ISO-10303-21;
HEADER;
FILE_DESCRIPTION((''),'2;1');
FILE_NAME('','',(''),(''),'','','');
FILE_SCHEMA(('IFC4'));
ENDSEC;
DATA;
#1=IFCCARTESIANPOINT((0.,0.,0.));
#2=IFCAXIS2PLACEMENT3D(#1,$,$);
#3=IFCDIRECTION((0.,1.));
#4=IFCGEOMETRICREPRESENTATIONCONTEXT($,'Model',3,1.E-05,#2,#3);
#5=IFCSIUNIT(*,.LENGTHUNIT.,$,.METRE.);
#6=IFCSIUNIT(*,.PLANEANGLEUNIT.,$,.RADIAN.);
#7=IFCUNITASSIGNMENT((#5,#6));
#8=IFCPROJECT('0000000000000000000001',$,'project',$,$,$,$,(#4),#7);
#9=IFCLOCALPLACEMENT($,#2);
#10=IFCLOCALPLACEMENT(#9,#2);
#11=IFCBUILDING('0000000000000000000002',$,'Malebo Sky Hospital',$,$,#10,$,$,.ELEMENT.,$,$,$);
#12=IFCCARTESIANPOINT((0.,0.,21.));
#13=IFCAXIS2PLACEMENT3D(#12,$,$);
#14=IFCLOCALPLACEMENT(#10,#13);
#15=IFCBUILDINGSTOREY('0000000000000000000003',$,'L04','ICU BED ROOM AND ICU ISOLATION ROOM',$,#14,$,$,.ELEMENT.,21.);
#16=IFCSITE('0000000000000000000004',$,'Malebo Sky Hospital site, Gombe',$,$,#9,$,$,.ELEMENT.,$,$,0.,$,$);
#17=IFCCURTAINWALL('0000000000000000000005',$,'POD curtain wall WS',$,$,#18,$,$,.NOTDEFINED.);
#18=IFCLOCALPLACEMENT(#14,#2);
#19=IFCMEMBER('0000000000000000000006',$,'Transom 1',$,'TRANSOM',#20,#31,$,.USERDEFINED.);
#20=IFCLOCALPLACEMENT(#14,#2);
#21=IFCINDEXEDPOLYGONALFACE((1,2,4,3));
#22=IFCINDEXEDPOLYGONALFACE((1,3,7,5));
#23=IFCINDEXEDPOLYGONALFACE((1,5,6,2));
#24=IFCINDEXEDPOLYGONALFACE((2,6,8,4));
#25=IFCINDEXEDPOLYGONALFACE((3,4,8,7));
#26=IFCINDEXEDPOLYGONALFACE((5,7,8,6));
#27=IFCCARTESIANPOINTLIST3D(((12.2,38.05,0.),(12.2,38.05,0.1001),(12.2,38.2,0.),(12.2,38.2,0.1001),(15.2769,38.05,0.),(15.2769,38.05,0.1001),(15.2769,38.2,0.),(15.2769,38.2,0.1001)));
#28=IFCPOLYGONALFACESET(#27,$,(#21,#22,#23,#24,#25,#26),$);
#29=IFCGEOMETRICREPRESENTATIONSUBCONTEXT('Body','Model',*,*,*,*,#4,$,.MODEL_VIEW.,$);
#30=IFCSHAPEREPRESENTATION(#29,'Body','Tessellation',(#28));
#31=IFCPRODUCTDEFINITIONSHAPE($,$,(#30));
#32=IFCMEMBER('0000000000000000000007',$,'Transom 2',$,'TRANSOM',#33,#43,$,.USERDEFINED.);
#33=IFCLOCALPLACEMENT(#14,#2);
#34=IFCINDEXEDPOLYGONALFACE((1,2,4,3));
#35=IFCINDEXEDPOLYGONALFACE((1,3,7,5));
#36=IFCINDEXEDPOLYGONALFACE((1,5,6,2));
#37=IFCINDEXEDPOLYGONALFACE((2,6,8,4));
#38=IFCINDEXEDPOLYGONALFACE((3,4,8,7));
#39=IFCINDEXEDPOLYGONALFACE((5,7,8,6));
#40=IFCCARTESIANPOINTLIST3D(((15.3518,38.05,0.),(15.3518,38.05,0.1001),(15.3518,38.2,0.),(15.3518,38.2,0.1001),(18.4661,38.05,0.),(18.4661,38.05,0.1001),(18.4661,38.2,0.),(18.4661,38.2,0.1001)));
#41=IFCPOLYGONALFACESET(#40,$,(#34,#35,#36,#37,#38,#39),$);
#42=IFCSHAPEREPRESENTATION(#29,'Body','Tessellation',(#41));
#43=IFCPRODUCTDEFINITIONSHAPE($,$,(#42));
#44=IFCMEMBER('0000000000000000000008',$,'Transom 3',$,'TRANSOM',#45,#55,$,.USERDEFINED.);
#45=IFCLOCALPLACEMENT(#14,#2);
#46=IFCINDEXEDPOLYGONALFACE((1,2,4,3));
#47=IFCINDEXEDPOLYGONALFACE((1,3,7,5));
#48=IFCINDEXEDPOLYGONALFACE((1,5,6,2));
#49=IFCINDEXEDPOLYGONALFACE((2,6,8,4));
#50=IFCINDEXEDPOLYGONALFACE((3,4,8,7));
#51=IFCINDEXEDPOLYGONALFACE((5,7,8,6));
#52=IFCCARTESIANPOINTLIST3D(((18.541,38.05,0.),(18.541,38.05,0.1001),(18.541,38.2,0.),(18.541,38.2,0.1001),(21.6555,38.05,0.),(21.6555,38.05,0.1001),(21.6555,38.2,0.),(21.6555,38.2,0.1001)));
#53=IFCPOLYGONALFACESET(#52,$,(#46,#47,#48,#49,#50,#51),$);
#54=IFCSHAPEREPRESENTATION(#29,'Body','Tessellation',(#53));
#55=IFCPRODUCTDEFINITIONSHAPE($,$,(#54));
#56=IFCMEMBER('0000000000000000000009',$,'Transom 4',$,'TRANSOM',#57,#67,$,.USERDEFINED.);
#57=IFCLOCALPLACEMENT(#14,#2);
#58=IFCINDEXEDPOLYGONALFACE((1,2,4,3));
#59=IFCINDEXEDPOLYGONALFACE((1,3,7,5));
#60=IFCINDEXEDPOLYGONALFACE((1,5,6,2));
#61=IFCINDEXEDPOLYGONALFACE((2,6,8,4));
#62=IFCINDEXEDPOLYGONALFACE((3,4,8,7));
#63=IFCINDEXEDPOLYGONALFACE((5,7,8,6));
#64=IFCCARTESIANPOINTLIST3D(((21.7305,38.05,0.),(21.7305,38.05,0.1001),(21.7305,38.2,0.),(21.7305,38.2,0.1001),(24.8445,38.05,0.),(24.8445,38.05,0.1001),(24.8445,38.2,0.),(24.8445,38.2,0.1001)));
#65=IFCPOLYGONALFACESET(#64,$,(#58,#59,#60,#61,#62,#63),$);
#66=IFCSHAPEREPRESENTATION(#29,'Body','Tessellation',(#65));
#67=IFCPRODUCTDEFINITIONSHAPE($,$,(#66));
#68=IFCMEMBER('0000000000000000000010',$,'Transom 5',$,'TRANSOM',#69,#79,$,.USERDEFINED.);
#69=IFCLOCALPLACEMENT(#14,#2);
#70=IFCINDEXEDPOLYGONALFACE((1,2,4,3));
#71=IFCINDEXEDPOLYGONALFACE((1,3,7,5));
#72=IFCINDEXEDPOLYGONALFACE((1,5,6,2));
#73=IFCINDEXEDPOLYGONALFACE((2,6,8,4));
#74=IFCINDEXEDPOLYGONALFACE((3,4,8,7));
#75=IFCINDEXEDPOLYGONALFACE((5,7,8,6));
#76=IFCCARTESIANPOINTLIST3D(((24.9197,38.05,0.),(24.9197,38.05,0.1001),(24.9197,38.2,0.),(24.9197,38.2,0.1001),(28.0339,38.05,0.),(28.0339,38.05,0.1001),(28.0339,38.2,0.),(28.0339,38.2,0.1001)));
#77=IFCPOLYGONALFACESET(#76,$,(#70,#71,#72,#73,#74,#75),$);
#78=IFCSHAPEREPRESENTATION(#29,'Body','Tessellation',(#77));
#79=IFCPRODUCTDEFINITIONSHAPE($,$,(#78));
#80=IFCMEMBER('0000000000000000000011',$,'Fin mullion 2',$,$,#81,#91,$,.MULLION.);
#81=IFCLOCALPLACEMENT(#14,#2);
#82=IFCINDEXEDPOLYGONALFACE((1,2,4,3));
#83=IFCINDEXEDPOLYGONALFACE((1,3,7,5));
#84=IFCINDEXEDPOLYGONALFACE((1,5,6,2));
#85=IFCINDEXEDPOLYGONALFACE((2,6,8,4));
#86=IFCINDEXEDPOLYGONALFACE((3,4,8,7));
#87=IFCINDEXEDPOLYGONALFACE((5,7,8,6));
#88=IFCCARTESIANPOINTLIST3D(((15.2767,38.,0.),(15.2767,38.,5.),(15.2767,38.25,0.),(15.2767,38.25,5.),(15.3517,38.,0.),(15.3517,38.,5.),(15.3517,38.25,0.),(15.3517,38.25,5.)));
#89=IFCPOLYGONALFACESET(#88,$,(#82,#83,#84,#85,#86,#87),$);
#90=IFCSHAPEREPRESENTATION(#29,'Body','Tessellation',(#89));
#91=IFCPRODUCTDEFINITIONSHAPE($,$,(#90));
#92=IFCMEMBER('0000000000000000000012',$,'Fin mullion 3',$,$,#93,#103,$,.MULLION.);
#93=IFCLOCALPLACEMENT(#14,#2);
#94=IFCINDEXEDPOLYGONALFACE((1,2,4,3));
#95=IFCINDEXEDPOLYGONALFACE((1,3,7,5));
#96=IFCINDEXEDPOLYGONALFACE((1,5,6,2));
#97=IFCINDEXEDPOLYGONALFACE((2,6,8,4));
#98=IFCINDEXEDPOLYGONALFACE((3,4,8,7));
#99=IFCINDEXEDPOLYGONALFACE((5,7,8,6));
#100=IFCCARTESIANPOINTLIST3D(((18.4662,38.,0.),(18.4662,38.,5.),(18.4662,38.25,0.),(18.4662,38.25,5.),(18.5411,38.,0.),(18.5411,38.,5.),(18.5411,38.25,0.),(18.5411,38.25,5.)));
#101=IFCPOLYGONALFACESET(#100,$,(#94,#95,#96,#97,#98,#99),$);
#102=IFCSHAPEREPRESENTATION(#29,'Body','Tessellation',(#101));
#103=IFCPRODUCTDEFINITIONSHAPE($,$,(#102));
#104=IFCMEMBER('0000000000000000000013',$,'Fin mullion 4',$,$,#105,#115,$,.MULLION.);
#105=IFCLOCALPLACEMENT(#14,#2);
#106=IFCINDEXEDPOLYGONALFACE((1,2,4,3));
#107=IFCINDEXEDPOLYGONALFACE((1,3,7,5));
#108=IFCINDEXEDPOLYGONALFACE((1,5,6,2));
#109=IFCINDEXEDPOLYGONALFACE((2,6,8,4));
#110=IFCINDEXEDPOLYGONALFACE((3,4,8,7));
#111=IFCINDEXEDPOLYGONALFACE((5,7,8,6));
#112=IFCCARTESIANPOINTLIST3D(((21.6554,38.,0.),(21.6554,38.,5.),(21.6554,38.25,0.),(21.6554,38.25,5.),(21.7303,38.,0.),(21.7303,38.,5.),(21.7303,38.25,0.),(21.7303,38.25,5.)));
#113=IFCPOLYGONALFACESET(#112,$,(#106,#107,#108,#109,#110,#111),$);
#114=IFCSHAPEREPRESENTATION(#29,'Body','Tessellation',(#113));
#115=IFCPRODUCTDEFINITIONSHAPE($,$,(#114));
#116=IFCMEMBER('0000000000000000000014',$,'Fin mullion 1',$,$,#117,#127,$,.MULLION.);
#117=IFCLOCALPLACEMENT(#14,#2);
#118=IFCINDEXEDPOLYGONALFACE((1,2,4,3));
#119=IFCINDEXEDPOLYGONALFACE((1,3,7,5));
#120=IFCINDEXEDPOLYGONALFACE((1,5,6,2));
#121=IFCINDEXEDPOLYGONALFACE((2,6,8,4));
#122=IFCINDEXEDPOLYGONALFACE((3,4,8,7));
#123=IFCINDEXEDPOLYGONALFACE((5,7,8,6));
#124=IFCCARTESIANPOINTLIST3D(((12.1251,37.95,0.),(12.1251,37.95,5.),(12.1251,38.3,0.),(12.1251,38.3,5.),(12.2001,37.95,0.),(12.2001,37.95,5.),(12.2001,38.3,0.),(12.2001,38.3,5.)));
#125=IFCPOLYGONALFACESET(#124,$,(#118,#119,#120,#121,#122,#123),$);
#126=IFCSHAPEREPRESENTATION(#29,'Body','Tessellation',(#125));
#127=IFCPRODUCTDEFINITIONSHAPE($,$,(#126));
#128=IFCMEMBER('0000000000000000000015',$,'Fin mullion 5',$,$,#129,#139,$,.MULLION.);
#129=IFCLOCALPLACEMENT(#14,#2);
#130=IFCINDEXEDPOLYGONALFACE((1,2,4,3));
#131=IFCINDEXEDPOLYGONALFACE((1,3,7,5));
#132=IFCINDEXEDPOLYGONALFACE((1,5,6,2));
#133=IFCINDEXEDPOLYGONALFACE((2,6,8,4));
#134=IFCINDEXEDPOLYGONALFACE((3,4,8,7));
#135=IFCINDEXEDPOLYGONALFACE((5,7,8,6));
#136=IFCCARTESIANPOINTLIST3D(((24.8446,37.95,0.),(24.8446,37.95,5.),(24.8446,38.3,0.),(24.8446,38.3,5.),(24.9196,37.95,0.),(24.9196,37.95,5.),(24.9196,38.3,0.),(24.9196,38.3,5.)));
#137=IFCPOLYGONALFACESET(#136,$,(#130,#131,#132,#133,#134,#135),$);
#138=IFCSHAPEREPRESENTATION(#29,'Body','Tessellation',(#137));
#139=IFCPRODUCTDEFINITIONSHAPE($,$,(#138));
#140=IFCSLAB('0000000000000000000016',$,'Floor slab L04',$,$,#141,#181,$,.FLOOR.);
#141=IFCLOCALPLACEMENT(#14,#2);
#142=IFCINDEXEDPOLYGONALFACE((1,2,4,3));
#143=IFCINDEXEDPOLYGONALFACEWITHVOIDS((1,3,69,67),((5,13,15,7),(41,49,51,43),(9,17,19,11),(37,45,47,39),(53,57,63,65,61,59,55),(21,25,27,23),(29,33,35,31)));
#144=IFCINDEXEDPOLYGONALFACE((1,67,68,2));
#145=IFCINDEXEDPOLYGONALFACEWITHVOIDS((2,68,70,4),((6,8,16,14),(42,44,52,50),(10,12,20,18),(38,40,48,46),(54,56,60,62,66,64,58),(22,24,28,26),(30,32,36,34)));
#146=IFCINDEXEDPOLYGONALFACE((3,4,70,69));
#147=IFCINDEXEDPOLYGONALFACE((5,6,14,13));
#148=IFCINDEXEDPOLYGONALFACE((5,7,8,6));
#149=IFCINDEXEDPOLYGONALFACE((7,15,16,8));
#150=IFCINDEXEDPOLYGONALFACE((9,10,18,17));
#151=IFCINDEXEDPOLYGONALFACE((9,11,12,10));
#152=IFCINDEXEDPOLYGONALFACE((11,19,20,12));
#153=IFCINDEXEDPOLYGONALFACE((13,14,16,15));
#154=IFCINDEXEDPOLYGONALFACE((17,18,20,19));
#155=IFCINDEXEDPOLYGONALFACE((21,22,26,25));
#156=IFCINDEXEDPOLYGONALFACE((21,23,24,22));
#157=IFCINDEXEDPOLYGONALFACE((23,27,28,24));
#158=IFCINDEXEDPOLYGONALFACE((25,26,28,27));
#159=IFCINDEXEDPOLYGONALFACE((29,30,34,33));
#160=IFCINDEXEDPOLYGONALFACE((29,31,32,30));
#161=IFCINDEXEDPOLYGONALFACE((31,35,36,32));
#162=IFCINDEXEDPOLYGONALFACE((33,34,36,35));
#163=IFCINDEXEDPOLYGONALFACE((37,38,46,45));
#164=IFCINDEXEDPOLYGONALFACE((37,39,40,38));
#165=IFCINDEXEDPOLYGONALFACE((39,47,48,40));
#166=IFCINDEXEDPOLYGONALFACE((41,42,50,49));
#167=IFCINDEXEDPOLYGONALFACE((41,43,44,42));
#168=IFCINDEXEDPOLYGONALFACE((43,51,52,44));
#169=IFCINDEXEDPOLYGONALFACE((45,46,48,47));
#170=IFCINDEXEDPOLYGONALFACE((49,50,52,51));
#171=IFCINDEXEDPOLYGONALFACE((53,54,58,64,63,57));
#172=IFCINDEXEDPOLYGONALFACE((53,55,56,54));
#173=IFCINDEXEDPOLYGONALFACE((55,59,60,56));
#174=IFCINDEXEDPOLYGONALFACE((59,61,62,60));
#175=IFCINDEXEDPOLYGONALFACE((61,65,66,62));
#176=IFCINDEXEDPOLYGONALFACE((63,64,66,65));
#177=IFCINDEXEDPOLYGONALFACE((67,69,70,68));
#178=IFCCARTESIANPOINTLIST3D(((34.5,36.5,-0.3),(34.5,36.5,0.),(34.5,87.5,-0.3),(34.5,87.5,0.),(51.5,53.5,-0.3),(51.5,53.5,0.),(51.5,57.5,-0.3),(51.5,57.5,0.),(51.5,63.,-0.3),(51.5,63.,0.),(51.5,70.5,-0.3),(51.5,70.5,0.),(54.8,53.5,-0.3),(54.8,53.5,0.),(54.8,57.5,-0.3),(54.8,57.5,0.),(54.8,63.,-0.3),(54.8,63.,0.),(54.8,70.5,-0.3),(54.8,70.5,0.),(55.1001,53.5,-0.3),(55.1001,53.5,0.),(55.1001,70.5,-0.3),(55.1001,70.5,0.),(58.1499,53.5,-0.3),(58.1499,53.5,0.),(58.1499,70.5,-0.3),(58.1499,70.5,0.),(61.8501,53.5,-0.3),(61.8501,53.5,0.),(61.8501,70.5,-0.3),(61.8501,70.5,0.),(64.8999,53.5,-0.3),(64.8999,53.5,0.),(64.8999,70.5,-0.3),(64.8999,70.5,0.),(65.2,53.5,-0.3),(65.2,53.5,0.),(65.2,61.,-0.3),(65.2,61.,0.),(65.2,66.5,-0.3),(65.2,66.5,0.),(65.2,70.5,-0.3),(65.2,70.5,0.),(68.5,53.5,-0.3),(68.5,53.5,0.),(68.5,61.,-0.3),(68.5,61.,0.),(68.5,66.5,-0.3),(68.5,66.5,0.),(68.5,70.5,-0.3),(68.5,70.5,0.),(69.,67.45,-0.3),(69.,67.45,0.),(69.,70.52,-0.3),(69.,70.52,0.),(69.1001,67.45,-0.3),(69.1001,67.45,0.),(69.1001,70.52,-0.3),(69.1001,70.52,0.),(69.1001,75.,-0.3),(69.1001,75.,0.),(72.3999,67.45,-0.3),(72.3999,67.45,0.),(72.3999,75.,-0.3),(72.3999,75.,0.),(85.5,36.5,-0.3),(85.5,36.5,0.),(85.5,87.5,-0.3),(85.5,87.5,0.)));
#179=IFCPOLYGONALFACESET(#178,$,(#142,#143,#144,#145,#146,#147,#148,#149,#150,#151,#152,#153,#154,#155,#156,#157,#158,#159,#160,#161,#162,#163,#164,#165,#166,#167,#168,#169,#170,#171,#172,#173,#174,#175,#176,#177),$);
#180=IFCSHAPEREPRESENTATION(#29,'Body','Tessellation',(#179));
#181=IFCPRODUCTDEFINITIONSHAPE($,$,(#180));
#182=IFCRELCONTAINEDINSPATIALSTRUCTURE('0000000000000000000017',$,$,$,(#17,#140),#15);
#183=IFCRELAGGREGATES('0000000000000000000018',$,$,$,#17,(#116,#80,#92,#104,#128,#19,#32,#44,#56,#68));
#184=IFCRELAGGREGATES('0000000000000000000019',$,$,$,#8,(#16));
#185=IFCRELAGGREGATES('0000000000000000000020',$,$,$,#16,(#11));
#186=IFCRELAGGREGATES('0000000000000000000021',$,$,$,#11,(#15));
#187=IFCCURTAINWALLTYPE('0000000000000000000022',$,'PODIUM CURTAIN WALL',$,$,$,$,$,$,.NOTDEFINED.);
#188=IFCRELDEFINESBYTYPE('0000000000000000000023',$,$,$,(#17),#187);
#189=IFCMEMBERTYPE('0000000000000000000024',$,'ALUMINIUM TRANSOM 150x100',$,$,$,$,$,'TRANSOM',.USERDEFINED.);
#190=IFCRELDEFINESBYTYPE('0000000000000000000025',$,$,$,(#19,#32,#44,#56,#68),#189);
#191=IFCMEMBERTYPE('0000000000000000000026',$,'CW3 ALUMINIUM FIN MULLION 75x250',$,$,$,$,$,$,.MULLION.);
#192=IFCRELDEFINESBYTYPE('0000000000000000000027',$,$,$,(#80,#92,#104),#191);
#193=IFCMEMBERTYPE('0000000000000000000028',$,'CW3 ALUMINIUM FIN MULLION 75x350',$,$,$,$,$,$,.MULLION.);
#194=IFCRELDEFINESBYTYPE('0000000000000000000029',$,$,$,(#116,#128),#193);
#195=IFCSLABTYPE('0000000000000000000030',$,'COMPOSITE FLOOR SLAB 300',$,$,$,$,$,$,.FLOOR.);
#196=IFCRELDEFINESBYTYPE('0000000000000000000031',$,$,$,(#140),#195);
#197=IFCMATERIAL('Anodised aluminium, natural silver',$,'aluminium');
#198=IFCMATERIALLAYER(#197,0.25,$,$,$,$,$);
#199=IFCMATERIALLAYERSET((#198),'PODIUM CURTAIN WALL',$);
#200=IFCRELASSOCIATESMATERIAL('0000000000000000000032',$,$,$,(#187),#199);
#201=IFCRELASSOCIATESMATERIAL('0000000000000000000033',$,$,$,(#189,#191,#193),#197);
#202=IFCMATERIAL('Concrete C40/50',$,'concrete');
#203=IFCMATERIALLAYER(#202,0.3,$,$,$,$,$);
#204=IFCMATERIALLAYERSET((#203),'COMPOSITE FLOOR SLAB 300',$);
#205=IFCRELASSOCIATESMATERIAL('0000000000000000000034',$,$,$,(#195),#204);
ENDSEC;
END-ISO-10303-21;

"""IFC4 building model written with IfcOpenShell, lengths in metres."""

from ifc_helpers import new_model, si_unit, direction, frame, origin, origin_2d, place, context, subcontext, project, spatial, polyline, rectangle, outline, extrude, material, layer, layer_set, material_profile, profile_set, type_object, element, aggregate, save


model = new_model("IFC4")

# Units and contexts
model_context = context("Model", 3, precision=1e-05, world=origin(), true_north=direction((0.0, 1.0)))
body_context = subcontext(model_context, "Body", "Model", "MODEL_VIEW")
ifc_project = project(units=[si_unit("LENGTHUNIT", "METRE"), si_unit("PLANEANGLEUNIT", "RADIAN")], contexts=[model_context])

# Site, building, storey
site_placement = place(None, origin())
site = spatial("IfcSite", under=ifc_project, at=site_placement, Name="Malebo Sky Hospital site, Gombe", CompositionType="ELEMENT", RefElevation=0.0)
building_placement = place(site_placement, origin())
building = spatial("IfcBuilding", under=site, at=building_placement, Name="Malebo Sky Hospital", CompositionType="ELEMENT")
storey_placement = place(building_placement, frame((0.0, 0.0, 21.0)))
storey = spatial("IfcBuildingStorey", under=building, at=storey_placement, Name="L04", Description="ICU BED ROOM AND ICU ISOLATION ROOM", CompositionType="ELEMENT", Elevation=21.0)

# Curtain wall, members
ifc_material_1 = material(Name="Anodised aluminium, natural silver", Category="aluminium")
ifc_layer_1 = layer(ifc_material_1, 0.25)
ifc_layer_set_1 = layer_set([ifc_layer_1], Name="PODIUM CURTAIN WALL")
curtain_wall_type = type_object("IfcCurtainWallType", Name="PODIUM CURTAIN WALL", PredefinedType="NOTDEFINED", material=ifc_layer_set_1)
curtain_wall_placement = place(storey_placement, origin())
curtain_wall = element("IfcCurtainWall", 1, at=curtain_wall_placement, inside=storey, type_object=curtain_wall_type, Name="POD curtain wall WS", PredefinedType="NOTDEFINED")
ifc_material_profile_1 = material_profile(ifc_material_1, rectangle(XDim=0.1499, YDim=0.1001, at=origin_2d()), Name="ALUMINIUM TRANSOM 150x100")
ifc_profile_set_1 = profile_set([ifc_material_profile_1], Name="Anodised aluminium, natural silver")
member_type_1 = type_object("IfcMemberType", Name="ALUMINIUM TRANSOM 150x100", ElementType="TRANSOM", PredefinedType="USERDEFINED", material=ifc_profile_set_1)
member_1_placement = place(storey_placement, frame((12.2, 38.125, 0.05), z_axis=(1.0, 0.0, 0.0), x_axis=(0.0, 1.0, 0.0)))
member_1 = element("IfcMember", 2, at=member_1_placement, type_object=member_type_1, Name="Transom 1", ObjectType="TRANSOM", PredefinedType="USERDEFINED", context=body_context, shape_type="SweptSolid", body=[
    extrude(rectangle(XDim=0.1499, YDim=0.1001, at=origin_2d()), origin(), (0.0, 0.0, 1.0), 3.0769),
])
member_2_placement = place(storey_placement, frame((15.3518, 38.125, 0.05), z_axis=(1.0, 0.0, 0.0), x_axis=(0.0, 1.0, 0.0)))
member_2 = element("IfcMember", 3, at=member_2_placement, type_object=member_type_1, Name="Transom 2", ObjectType="TRANSOM", PredefinedType="USERDEFINED", context=body_context, shape_type="SweptSolid", body=[
    extrude(rectangle(XDim=0.1499, YDim=0.1001, at=origin_2d()), origin(), (0.0, 0.0, 1.0), 3.1143),
])
member_3_placement = place(storey_placement, frame((18.541, 38.125, 0.05), z_axis=(1.0, 0.0, 0.0), x_axis=(0.0, 1.0, 0.0)))
member_3 = element("IfcMember", 4, at=member_3_placement, type_object=member_type_1, Name="Transom 3", ObjectType="TRANSOM", PredefinedType="USERDEFINED", context=body_context, shape_type="SweptSolid", body=[
    extrude(rectangle(XDim=0.1499, YDim=0.1001, at=origin_2d()), origin(), (0.0, 0.0, 1.0), 3.1145),
])
member_4_placement = place(storey_placement, frame((21.7305, 38.125, 0.05), z_axis=(1.0, 0.0, 0.0), x_axis=(0.0, 1.0, 0.0)))
member_4 = element("IfcMember", 5, at=member_4_placement, type_object=member_type_1, Name="Transom 4", ObjectType="TRANSOM", PredefinedType="USERDEFINED", context=body_context, shape_type="SweptSolid", body=[
    extrude(rectangle(XDim=0.1499, YDim=0.1001, at=origin_2d()), origin(), (0.0, 0.0, 1.0), 3.114),
])
member_5_placement = place(storey_placement, frame((24.9197, 38.125, 0.05), z_axis=(1.0, 0.0, 0.0), x_axis=(0.0, 1.0, 0.0)))
member_5 = element("IfcMember", 6, at=member_5_placement, type_object=member_type_1, Name="Transom 5", ObjectType="TRANSOM", PredefinedType="USERDEFINED", context=body_context, shape_type="SweptSolid", body=[
    extrude(rectangle(XDim=0.1499, YDim=0.1001, at=origin_2d()), origin(), (0.0, 0.0, 1.0), 3.1143),
])
ifc_material_profile_2 = material_profile(ifc_material_1, rectangle(XDim=0.075, YDim=0.25, at=origin_2d()), Name="CW3 ALUMINIUM FIN MULLION 75x250")
ifc_profile_set_2 = profile_set([ifc_material_profile_2], Name="Anodised aluminium, natural silver")
member_type_2 = type_object("IfcMemberType", Name="CW3 ALUMINIUM FIN MULLION 75x250", PredefinedType="MULLION", material=ifc_profile_set_2)
member_6_placement = place(storey_placement, frame((15.3142, 38.125, 0.0), z_axis=(0.0, 0.0, 1.0), x_axis=(1.0, 0.0, 0.0)))
member_6 = element("IfcMember", 7, at=member_6_placement, type_object=member_type_2, Name="Fin mullion 2", PredefinedType="MULLION", context=body_context, shape_type="SweptSolid", body=[
    extrude(rectangle(XDim=0.075, YDim=0.25, at=origin_2d()), origin(), (0.0, 0.0, 1.0), 5.0),
])
member_7_placement = place(storey_placement, frame((18.5037, 38.125, 0.0), z_axis=(0.0, 0.0, 1.0), x_axis=(1.0, 0.0, 0.0)))
member_7 = element("IfcMember", 8, at=member_7_placement, type_object=member_type_2, Name="Fin mullion 3", PredefinedType="MULLION", context=body_context, shape_type="SweptSolid", body=[
    extrude(rectangle(XDim=0.075, YDim=0.25, at=origin_2d()), origin(), (0.0, 0.0, 1.0), 5.0),
])
member_8_placement = place(storey_placement, frame((21.6929, 38.125, 0.0), z_axis=(0.0, 0.0, 1.0), x_axis=(1.0, 0.0, 0.0)))
member_8 = element("IfcMember", 9, at=member_8_placement, type_object=member_type_2, Name="Fin mullion 4", PredefinedType="MULLION", context=body_context, shape_type="SweptSolid", body=[
    extrude(rectangle(XDim=0.075, YDim=0.25, at=origin_2d()), origin(), (0.0, 0.0, 1.0), 5.0),
])
ifc_material_profile_3 = material_profile(ifc_material_1, rectangle(XDim=0.075, YDim=0.3501, at=origin_2d()), Name="CW3 ALUMINIUM FIN MULLION 75x350")
ifc_profile_set_3 = profile_set([ifc_material_profile_3], Name="Anodised aluminium, natural silver")
member_type_3 = type_object("IfcMemberType", Name="CW3 ALUMINIUM FIN MULLION 75x350", PredefinedType="MULLION", material=ifc_profile_set_3)
member_9_placement = place(storey_placement, frame((12.1626, 38.125, 0.0), z_axis=(0.0, 0.0, 1.0), x_axis=(1.0, 0.0, 0.0)))
member_9 = element("IfcMember", 10, at=member_9_placement, type_object=member_type_3, Name="Fin mullion 1", PredefinedType="MULLION", context=body_context, shape_type="SweptSolid", body=[
    extrude(rectangle(XDim=0.075, YDim=0.3501, at=origin_2d()), origin(), (0.0, 0.0, 1.0), 5.0),
])
member_10_placement = place(storey_placement, frame((24.8821, 38.125, 0.0), z_axis=(0.0, 0.0, 1.0), x_axis=(1.0, 0.0, 0.0)))
member_10 = element("IfcMember", 11, at=member_10_placement, type_object=member_type_3, Name="Fin mullion 5", PredefinedType="MULLION", context=body_context, shape_type="SweptSolid", body=[
    extrude(rectangle(XDim=0.075, YDim=0.3501, at=origin_2d()), origin(), (0.0, 0.0, 1.0), 5.0),
])

# Slab
ifc_material_2 = material(Name="Concrete C40/50", Category="concrete")
ifc_layer_2 = layer(ifc_material_2, 0.3)
ifc_layer_set_2 = layer_set([ifc_layer_2], Name="COMPOSITE FLOOR SLAB 300")
slab_type_1 = type_object("IfcSlabType", Name="COMPOSITE FLOOR SLAB 300", PredefinedType="FLOOR", material=ifc_layer_set_2)
slab_1_placement = place(storey_placement, frame((0.0, 0.0, -0.3)))
element("IfcSlab", 12, at=slab_1_placement, inside=storey, type_object=slab_type_1, Name="Floor slab L04", PredefinedType="FLOOR", context=body_context, shape_type="SweptSolid", body=[
    extrude(outline(polyline([(34.5, 87.5), (34.5, 36.5), (85.5, 36.5), (85.5, 87.5), (34.5, 87.5)]), holes=[polyline([(55.1001, 70.5), (58.1499, 70.5), (58.1499, 53.5), (55.1001, 53.5), (55.1001, 70.5)]), polyline([(64.8999, 70.5), (64.8999, 53.5), (61.8501, 53.5), (61.8501, 70.5), (64.8999, 70.5)]), polyline([(54.8, 63.0), (51.5, 63.0), (51.5, 70.5), (54.8, 70.5), (54.8, 63.0)]), polyline([(51.5, 53.5), (51.5, 57.5), (54.8, 57.5), (54.8, 53.5), (51.5, 53.5)]), polyline([(65.2, 61.0), (68.5, 61.0), (68.5, 53.5), (65.2, 53.5), (65.2, 61.0)]), polyline([(68.5, 70.5), (68.5, 66.5), (65.2, 66.5), (65.2, 70.5), (68.5, 70.5)]), polyline([(69.0, 67.45), (69.0, 70.52), (69.1001, 70.52), (69.1001, 75.0), (72.3999, 75.0), (72.3999, 67.45), (69.1001, 67.45), (69.0, 67.45)])]), origin(), (0.0, 0.0, 1.0), 0.3),
])

aggregate(curtain_wall, [member_9, member_6, member_7, member_8, member_10, member_1, member_2, member_3, member_4, member_5])

save(model, "model.ifc")
